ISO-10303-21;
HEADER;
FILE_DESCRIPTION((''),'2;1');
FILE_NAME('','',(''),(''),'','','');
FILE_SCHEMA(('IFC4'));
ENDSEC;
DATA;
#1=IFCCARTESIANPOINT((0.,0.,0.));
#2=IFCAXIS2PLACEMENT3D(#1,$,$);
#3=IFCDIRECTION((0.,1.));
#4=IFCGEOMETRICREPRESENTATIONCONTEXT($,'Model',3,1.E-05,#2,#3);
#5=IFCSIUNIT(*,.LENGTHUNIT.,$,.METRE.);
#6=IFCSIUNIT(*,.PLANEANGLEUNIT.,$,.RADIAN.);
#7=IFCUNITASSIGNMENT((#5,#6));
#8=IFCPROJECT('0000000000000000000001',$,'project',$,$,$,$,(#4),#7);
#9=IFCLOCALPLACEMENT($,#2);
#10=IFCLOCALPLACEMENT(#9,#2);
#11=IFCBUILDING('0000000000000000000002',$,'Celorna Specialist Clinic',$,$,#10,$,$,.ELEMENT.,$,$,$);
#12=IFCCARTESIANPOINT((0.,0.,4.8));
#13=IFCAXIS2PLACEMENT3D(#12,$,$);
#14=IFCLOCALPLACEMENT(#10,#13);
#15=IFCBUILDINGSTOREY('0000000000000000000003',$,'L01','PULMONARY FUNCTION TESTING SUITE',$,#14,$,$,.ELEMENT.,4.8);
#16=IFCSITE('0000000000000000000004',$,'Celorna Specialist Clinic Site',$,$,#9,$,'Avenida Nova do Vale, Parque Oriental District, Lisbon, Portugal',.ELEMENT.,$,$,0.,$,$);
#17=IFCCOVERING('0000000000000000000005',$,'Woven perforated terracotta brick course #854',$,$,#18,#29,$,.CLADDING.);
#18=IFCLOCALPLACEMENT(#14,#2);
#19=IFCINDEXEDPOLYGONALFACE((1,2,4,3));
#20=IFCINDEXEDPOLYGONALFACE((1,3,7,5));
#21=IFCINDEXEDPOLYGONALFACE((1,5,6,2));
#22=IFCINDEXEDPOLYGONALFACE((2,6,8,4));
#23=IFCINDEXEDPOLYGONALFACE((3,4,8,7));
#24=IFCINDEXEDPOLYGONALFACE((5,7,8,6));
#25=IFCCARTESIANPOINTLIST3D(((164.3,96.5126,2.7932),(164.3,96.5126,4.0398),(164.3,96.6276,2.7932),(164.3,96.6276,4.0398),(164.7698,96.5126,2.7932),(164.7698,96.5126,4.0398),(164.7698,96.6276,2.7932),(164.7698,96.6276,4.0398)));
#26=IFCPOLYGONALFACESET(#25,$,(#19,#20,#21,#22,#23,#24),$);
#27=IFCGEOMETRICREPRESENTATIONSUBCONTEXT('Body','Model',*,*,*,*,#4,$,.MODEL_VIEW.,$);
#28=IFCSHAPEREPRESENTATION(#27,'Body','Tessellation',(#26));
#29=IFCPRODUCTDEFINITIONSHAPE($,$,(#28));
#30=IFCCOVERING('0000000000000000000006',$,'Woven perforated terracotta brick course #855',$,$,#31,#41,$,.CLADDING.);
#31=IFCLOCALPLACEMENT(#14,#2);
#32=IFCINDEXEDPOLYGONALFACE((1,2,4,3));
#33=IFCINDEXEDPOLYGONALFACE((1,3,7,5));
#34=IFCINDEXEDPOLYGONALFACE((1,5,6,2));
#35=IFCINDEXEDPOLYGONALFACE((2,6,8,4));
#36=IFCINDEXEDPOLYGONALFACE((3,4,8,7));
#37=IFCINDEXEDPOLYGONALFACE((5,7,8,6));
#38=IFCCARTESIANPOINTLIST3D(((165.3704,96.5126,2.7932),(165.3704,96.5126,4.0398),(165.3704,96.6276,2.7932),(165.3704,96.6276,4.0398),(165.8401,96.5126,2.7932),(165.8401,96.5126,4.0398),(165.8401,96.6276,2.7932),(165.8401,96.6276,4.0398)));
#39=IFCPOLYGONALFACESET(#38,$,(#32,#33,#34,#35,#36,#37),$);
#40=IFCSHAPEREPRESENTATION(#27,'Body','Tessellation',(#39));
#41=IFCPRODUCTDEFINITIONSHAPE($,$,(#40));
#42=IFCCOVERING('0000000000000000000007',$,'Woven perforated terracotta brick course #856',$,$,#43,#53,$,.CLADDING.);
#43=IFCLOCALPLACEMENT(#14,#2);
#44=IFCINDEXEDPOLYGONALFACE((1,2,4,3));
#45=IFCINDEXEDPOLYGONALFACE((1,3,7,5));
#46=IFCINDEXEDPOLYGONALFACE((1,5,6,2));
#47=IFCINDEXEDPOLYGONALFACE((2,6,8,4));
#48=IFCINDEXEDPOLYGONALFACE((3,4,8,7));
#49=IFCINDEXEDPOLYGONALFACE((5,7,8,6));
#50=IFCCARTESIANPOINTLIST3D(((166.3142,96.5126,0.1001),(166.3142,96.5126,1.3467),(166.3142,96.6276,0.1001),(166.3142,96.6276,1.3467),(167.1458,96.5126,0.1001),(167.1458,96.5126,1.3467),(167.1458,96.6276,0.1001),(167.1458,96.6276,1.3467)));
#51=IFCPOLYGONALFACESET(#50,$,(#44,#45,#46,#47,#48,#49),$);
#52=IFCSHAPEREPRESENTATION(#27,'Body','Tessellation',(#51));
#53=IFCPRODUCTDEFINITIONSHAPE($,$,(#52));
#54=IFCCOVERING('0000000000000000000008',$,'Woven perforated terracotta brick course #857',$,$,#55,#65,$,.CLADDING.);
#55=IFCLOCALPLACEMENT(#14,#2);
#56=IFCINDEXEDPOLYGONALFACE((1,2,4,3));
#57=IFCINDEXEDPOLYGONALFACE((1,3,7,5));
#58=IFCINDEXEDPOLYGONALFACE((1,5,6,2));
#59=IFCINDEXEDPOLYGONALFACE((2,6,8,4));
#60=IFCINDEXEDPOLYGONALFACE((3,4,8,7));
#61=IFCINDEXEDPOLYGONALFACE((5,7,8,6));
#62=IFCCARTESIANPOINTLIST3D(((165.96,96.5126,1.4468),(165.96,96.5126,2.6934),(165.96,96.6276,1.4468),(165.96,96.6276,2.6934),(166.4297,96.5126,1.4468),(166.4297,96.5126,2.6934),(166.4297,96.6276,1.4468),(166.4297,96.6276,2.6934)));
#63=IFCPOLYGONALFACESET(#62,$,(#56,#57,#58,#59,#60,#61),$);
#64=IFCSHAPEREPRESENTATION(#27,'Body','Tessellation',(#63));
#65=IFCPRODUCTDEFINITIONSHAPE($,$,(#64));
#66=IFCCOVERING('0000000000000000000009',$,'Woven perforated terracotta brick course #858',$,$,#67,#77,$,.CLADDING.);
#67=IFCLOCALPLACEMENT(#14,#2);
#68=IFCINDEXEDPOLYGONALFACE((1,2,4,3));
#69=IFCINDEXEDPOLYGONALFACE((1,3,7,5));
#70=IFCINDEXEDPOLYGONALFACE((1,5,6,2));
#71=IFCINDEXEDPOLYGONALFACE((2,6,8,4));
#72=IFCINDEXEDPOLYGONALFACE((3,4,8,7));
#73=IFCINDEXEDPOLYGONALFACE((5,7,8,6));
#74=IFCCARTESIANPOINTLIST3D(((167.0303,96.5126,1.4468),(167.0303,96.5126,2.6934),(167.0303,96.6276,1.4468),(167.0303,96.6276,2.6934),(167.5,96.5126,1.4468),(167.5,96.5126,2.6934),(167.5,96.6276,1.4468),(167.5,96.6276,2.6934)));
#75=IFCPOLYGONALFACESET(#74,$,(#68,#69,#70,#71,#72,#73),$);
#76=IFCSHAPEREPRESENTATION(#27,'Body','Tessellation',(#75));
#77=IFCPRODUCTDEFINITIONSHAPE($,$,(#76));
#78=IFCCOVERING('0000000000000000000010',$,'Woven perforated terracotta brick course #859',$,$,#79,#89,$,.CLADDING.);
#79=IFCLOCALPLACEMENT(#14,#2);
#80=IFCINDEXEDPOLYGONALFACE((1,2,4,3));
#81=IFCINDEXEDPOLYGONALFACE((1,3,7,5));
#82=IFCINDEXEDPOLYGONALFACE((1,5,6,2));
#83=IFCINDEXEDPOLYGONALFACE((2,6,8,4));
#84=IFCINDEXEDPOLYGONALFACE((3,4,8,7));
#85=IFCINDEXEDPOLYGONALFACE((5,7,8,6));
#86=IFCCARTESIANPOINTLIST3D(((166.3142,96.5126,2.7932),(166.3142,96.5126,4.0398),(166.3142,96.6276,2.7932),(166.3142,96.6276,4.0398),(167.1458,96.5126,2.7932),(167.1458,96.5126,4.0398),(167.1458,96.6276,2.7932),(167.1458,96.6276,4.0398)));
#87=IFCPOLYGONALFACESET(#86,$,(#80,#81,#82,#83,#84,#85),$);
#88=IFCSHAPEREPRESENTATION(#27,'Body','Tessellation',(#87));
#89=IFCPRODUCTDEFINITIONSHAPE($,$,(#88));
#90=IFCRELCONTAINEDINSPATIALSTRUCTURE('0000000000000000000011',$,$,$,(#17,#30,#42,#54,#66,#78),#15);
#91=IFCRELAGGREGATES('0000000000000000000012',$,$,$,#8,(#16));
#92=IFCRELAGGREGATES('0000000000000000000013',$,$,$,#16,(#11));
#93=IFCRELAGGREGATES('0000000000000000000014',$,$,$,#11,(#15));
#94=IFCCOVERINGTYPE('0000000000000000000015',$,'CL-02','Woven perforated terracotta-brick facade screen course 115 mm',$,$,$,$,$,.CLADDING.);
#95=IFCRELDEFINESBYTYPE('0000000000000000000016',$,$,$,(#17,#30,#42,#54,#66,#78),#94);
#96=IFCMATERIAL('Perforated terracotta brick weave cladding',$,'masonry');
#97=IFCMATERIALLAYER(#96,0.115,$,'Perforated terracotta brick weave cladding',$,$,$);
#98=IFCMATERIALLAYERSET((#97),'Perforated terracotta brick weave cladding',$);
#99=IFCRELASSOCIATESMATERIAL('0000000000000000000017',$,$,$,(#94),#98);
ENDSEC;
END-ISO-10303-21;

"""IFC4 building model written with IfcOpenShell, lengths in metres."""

from ifc_helpers import new_model, si_unit, direction, frame, origin, origin_2d, place, context, subcontext, project, spatial, rectangle, extrude, material, layer, layer_set, type_object, element, save


model = new_model("IFC4")

# Units and contexts
model_context = context("Model", 3, precision=1e-05, world=origin(), true_north=direction((0.0, 1.0)))
body_context = subcontext(model_context, "Body", "Model", "MODEL_VIEW")
ifc_project = project(units=[si_unit("LENGTHUNIT", "METRE"), si_unit("PLANEANGLEUNIT", "RADIAN")], contexts=[model_context])

# Site, building, storey
site_placement = place(None, origin())
site = spatial("IfcSite", under=ifc_project, at=site_placement, Name="Celorna Specialist Clinic Site", LongName="Avenida Nova do Vale, Parque Oriental District, Lisbon, Portugal", CompositionType="ELEMENT", RefElevation=0.0)
building_placement = place(site_placement, origin())
building = spatial("IfcBuilding", under=site, at=building_placement, Name="Celorna Specialist Clinic", CompositionType="ELEMENT")
storey_placement = place(building_placement, frame((0.0, 0.0, 4.8)))
storey = spatial("IfcBuildingStorey", under=building, at=storey_placement, Name="L01", Description="PULMONARY FUNCTION TESTING SUITE", CompositionType="ELEMENT", Elevation=4.8)

# Coverings
ifc_material_1 = material(Name="Perforated terracotta brick weave cladding", Category="masonry")
ifc_layer_1 = layer(ifc_material_1, 0.115, Name="Perforated terracotta brick weave cladding")
ifc_layer_set_1 = layer_set([ifc_layer_1], Name="Perforated terracotta brick weave cladding")
covering_type = type_object("IfcCoveringType", Name="CL-02", Description="Woven perforated terracotta-brick facade screen course 115 mm", PredefinedType="CLADDING", material=ifc_layer_set_1)
for number, where, z_axis, x_axis, name in (
    (1, (164.5349, 96.5701, 2.7932), (0.0, 0.0, 1.0), (1.0, 0.0, 0.0), "Woven perforated terracotta brick course #854"),
    (2, (165.6052, 96.5701, 2.7932), (0.0, 0.0, 1.0), (1.0, 0.0, 0.0), "Woven perforated terracotta brick course #855"),
):
    element("IfcCovering", number, at=place(storey_placement, frame(where, z_axis=z_axis, x_axis=x_axis)), inside=storey, type_object=covering_type, Name=name, PredefinedType="CLADDING", context=body_context, shape_type="SweptSolid", body=[
        extrude(rectangle(XDim=0.4697, YDim=0.115, at=origin_2d()), origin(), (0.0, 0.0, 1.0), 1.2466),
    ])
covering_1_placement = place(storey_placement, frame((166.73, 96.5701, 0.1001), z_axis=(0.0, 0.0, 1.0), x_axis=(1.0, 0.0, 0.0)))
element("IfcCovering", 3, at=covering_1_placement, inside=storey, type_object=covering_type, Name="Woven perforated terracotta brick course #856", PredefinedType="CLADDING", context=body_context, shape_type="SweptSolid", body=[
    extrude(rectangle(XDim=0.8315, YDim=0.115, at=origin_2d()), origin(), (0.0, 0.0, 1.0), 1.2466),
])
for number, where, z_axis, x_axis, name in (
    (4, (166.1948, 96.5701, 1.4468), (0.0, 0.0, 1.0), (1.0, 0.0, 0.0), "Woven perforated terracotta brick course #857"),
    (5, (167.2651, 96.5701, 1.4468), (0.0, 0.0, 1.0), (1.0, 0.0, 0.0), "Woven perforated terracotta brick course #858"),
):
    element("IfcCovering", number, at=place(storey_placement, frame(where, z_axis=z_axis, x_axis=x_axis)), inside=storey, type_object=covering_type, Name=name, PredefinedType="CLADDING", context=body_context, shape_type="SweptSolid", body=[
        extrude(rectangle(XDim=0.4697, YDim=0.115, at=origin_2d()), origin(), (0.0, 0.0, 1.0), 1.2466),
    ])
covering_2_placement = place(storey_placement, frame((166.73, 96.5701, 2.7932), z_axis=(0.0, 0.0, 1.0), x_axis=(1.0, 0.0, 0.0)))
element("IfcCovering", 6, at=covering_2_placement, inside=storey, type_object=covering_type, Name="Woven perforated terracotta brick course #859", PredefinedType="CLADDING", context=body_context, shape_type="SweptSolid", body=[
    extrude(rectangle(XDim=0.8315, YDim=0.115, at=origin_2d()), origin(), (0.0, 0.0, 1.0), 1.2466),
])

save(model, "model.ifc")
